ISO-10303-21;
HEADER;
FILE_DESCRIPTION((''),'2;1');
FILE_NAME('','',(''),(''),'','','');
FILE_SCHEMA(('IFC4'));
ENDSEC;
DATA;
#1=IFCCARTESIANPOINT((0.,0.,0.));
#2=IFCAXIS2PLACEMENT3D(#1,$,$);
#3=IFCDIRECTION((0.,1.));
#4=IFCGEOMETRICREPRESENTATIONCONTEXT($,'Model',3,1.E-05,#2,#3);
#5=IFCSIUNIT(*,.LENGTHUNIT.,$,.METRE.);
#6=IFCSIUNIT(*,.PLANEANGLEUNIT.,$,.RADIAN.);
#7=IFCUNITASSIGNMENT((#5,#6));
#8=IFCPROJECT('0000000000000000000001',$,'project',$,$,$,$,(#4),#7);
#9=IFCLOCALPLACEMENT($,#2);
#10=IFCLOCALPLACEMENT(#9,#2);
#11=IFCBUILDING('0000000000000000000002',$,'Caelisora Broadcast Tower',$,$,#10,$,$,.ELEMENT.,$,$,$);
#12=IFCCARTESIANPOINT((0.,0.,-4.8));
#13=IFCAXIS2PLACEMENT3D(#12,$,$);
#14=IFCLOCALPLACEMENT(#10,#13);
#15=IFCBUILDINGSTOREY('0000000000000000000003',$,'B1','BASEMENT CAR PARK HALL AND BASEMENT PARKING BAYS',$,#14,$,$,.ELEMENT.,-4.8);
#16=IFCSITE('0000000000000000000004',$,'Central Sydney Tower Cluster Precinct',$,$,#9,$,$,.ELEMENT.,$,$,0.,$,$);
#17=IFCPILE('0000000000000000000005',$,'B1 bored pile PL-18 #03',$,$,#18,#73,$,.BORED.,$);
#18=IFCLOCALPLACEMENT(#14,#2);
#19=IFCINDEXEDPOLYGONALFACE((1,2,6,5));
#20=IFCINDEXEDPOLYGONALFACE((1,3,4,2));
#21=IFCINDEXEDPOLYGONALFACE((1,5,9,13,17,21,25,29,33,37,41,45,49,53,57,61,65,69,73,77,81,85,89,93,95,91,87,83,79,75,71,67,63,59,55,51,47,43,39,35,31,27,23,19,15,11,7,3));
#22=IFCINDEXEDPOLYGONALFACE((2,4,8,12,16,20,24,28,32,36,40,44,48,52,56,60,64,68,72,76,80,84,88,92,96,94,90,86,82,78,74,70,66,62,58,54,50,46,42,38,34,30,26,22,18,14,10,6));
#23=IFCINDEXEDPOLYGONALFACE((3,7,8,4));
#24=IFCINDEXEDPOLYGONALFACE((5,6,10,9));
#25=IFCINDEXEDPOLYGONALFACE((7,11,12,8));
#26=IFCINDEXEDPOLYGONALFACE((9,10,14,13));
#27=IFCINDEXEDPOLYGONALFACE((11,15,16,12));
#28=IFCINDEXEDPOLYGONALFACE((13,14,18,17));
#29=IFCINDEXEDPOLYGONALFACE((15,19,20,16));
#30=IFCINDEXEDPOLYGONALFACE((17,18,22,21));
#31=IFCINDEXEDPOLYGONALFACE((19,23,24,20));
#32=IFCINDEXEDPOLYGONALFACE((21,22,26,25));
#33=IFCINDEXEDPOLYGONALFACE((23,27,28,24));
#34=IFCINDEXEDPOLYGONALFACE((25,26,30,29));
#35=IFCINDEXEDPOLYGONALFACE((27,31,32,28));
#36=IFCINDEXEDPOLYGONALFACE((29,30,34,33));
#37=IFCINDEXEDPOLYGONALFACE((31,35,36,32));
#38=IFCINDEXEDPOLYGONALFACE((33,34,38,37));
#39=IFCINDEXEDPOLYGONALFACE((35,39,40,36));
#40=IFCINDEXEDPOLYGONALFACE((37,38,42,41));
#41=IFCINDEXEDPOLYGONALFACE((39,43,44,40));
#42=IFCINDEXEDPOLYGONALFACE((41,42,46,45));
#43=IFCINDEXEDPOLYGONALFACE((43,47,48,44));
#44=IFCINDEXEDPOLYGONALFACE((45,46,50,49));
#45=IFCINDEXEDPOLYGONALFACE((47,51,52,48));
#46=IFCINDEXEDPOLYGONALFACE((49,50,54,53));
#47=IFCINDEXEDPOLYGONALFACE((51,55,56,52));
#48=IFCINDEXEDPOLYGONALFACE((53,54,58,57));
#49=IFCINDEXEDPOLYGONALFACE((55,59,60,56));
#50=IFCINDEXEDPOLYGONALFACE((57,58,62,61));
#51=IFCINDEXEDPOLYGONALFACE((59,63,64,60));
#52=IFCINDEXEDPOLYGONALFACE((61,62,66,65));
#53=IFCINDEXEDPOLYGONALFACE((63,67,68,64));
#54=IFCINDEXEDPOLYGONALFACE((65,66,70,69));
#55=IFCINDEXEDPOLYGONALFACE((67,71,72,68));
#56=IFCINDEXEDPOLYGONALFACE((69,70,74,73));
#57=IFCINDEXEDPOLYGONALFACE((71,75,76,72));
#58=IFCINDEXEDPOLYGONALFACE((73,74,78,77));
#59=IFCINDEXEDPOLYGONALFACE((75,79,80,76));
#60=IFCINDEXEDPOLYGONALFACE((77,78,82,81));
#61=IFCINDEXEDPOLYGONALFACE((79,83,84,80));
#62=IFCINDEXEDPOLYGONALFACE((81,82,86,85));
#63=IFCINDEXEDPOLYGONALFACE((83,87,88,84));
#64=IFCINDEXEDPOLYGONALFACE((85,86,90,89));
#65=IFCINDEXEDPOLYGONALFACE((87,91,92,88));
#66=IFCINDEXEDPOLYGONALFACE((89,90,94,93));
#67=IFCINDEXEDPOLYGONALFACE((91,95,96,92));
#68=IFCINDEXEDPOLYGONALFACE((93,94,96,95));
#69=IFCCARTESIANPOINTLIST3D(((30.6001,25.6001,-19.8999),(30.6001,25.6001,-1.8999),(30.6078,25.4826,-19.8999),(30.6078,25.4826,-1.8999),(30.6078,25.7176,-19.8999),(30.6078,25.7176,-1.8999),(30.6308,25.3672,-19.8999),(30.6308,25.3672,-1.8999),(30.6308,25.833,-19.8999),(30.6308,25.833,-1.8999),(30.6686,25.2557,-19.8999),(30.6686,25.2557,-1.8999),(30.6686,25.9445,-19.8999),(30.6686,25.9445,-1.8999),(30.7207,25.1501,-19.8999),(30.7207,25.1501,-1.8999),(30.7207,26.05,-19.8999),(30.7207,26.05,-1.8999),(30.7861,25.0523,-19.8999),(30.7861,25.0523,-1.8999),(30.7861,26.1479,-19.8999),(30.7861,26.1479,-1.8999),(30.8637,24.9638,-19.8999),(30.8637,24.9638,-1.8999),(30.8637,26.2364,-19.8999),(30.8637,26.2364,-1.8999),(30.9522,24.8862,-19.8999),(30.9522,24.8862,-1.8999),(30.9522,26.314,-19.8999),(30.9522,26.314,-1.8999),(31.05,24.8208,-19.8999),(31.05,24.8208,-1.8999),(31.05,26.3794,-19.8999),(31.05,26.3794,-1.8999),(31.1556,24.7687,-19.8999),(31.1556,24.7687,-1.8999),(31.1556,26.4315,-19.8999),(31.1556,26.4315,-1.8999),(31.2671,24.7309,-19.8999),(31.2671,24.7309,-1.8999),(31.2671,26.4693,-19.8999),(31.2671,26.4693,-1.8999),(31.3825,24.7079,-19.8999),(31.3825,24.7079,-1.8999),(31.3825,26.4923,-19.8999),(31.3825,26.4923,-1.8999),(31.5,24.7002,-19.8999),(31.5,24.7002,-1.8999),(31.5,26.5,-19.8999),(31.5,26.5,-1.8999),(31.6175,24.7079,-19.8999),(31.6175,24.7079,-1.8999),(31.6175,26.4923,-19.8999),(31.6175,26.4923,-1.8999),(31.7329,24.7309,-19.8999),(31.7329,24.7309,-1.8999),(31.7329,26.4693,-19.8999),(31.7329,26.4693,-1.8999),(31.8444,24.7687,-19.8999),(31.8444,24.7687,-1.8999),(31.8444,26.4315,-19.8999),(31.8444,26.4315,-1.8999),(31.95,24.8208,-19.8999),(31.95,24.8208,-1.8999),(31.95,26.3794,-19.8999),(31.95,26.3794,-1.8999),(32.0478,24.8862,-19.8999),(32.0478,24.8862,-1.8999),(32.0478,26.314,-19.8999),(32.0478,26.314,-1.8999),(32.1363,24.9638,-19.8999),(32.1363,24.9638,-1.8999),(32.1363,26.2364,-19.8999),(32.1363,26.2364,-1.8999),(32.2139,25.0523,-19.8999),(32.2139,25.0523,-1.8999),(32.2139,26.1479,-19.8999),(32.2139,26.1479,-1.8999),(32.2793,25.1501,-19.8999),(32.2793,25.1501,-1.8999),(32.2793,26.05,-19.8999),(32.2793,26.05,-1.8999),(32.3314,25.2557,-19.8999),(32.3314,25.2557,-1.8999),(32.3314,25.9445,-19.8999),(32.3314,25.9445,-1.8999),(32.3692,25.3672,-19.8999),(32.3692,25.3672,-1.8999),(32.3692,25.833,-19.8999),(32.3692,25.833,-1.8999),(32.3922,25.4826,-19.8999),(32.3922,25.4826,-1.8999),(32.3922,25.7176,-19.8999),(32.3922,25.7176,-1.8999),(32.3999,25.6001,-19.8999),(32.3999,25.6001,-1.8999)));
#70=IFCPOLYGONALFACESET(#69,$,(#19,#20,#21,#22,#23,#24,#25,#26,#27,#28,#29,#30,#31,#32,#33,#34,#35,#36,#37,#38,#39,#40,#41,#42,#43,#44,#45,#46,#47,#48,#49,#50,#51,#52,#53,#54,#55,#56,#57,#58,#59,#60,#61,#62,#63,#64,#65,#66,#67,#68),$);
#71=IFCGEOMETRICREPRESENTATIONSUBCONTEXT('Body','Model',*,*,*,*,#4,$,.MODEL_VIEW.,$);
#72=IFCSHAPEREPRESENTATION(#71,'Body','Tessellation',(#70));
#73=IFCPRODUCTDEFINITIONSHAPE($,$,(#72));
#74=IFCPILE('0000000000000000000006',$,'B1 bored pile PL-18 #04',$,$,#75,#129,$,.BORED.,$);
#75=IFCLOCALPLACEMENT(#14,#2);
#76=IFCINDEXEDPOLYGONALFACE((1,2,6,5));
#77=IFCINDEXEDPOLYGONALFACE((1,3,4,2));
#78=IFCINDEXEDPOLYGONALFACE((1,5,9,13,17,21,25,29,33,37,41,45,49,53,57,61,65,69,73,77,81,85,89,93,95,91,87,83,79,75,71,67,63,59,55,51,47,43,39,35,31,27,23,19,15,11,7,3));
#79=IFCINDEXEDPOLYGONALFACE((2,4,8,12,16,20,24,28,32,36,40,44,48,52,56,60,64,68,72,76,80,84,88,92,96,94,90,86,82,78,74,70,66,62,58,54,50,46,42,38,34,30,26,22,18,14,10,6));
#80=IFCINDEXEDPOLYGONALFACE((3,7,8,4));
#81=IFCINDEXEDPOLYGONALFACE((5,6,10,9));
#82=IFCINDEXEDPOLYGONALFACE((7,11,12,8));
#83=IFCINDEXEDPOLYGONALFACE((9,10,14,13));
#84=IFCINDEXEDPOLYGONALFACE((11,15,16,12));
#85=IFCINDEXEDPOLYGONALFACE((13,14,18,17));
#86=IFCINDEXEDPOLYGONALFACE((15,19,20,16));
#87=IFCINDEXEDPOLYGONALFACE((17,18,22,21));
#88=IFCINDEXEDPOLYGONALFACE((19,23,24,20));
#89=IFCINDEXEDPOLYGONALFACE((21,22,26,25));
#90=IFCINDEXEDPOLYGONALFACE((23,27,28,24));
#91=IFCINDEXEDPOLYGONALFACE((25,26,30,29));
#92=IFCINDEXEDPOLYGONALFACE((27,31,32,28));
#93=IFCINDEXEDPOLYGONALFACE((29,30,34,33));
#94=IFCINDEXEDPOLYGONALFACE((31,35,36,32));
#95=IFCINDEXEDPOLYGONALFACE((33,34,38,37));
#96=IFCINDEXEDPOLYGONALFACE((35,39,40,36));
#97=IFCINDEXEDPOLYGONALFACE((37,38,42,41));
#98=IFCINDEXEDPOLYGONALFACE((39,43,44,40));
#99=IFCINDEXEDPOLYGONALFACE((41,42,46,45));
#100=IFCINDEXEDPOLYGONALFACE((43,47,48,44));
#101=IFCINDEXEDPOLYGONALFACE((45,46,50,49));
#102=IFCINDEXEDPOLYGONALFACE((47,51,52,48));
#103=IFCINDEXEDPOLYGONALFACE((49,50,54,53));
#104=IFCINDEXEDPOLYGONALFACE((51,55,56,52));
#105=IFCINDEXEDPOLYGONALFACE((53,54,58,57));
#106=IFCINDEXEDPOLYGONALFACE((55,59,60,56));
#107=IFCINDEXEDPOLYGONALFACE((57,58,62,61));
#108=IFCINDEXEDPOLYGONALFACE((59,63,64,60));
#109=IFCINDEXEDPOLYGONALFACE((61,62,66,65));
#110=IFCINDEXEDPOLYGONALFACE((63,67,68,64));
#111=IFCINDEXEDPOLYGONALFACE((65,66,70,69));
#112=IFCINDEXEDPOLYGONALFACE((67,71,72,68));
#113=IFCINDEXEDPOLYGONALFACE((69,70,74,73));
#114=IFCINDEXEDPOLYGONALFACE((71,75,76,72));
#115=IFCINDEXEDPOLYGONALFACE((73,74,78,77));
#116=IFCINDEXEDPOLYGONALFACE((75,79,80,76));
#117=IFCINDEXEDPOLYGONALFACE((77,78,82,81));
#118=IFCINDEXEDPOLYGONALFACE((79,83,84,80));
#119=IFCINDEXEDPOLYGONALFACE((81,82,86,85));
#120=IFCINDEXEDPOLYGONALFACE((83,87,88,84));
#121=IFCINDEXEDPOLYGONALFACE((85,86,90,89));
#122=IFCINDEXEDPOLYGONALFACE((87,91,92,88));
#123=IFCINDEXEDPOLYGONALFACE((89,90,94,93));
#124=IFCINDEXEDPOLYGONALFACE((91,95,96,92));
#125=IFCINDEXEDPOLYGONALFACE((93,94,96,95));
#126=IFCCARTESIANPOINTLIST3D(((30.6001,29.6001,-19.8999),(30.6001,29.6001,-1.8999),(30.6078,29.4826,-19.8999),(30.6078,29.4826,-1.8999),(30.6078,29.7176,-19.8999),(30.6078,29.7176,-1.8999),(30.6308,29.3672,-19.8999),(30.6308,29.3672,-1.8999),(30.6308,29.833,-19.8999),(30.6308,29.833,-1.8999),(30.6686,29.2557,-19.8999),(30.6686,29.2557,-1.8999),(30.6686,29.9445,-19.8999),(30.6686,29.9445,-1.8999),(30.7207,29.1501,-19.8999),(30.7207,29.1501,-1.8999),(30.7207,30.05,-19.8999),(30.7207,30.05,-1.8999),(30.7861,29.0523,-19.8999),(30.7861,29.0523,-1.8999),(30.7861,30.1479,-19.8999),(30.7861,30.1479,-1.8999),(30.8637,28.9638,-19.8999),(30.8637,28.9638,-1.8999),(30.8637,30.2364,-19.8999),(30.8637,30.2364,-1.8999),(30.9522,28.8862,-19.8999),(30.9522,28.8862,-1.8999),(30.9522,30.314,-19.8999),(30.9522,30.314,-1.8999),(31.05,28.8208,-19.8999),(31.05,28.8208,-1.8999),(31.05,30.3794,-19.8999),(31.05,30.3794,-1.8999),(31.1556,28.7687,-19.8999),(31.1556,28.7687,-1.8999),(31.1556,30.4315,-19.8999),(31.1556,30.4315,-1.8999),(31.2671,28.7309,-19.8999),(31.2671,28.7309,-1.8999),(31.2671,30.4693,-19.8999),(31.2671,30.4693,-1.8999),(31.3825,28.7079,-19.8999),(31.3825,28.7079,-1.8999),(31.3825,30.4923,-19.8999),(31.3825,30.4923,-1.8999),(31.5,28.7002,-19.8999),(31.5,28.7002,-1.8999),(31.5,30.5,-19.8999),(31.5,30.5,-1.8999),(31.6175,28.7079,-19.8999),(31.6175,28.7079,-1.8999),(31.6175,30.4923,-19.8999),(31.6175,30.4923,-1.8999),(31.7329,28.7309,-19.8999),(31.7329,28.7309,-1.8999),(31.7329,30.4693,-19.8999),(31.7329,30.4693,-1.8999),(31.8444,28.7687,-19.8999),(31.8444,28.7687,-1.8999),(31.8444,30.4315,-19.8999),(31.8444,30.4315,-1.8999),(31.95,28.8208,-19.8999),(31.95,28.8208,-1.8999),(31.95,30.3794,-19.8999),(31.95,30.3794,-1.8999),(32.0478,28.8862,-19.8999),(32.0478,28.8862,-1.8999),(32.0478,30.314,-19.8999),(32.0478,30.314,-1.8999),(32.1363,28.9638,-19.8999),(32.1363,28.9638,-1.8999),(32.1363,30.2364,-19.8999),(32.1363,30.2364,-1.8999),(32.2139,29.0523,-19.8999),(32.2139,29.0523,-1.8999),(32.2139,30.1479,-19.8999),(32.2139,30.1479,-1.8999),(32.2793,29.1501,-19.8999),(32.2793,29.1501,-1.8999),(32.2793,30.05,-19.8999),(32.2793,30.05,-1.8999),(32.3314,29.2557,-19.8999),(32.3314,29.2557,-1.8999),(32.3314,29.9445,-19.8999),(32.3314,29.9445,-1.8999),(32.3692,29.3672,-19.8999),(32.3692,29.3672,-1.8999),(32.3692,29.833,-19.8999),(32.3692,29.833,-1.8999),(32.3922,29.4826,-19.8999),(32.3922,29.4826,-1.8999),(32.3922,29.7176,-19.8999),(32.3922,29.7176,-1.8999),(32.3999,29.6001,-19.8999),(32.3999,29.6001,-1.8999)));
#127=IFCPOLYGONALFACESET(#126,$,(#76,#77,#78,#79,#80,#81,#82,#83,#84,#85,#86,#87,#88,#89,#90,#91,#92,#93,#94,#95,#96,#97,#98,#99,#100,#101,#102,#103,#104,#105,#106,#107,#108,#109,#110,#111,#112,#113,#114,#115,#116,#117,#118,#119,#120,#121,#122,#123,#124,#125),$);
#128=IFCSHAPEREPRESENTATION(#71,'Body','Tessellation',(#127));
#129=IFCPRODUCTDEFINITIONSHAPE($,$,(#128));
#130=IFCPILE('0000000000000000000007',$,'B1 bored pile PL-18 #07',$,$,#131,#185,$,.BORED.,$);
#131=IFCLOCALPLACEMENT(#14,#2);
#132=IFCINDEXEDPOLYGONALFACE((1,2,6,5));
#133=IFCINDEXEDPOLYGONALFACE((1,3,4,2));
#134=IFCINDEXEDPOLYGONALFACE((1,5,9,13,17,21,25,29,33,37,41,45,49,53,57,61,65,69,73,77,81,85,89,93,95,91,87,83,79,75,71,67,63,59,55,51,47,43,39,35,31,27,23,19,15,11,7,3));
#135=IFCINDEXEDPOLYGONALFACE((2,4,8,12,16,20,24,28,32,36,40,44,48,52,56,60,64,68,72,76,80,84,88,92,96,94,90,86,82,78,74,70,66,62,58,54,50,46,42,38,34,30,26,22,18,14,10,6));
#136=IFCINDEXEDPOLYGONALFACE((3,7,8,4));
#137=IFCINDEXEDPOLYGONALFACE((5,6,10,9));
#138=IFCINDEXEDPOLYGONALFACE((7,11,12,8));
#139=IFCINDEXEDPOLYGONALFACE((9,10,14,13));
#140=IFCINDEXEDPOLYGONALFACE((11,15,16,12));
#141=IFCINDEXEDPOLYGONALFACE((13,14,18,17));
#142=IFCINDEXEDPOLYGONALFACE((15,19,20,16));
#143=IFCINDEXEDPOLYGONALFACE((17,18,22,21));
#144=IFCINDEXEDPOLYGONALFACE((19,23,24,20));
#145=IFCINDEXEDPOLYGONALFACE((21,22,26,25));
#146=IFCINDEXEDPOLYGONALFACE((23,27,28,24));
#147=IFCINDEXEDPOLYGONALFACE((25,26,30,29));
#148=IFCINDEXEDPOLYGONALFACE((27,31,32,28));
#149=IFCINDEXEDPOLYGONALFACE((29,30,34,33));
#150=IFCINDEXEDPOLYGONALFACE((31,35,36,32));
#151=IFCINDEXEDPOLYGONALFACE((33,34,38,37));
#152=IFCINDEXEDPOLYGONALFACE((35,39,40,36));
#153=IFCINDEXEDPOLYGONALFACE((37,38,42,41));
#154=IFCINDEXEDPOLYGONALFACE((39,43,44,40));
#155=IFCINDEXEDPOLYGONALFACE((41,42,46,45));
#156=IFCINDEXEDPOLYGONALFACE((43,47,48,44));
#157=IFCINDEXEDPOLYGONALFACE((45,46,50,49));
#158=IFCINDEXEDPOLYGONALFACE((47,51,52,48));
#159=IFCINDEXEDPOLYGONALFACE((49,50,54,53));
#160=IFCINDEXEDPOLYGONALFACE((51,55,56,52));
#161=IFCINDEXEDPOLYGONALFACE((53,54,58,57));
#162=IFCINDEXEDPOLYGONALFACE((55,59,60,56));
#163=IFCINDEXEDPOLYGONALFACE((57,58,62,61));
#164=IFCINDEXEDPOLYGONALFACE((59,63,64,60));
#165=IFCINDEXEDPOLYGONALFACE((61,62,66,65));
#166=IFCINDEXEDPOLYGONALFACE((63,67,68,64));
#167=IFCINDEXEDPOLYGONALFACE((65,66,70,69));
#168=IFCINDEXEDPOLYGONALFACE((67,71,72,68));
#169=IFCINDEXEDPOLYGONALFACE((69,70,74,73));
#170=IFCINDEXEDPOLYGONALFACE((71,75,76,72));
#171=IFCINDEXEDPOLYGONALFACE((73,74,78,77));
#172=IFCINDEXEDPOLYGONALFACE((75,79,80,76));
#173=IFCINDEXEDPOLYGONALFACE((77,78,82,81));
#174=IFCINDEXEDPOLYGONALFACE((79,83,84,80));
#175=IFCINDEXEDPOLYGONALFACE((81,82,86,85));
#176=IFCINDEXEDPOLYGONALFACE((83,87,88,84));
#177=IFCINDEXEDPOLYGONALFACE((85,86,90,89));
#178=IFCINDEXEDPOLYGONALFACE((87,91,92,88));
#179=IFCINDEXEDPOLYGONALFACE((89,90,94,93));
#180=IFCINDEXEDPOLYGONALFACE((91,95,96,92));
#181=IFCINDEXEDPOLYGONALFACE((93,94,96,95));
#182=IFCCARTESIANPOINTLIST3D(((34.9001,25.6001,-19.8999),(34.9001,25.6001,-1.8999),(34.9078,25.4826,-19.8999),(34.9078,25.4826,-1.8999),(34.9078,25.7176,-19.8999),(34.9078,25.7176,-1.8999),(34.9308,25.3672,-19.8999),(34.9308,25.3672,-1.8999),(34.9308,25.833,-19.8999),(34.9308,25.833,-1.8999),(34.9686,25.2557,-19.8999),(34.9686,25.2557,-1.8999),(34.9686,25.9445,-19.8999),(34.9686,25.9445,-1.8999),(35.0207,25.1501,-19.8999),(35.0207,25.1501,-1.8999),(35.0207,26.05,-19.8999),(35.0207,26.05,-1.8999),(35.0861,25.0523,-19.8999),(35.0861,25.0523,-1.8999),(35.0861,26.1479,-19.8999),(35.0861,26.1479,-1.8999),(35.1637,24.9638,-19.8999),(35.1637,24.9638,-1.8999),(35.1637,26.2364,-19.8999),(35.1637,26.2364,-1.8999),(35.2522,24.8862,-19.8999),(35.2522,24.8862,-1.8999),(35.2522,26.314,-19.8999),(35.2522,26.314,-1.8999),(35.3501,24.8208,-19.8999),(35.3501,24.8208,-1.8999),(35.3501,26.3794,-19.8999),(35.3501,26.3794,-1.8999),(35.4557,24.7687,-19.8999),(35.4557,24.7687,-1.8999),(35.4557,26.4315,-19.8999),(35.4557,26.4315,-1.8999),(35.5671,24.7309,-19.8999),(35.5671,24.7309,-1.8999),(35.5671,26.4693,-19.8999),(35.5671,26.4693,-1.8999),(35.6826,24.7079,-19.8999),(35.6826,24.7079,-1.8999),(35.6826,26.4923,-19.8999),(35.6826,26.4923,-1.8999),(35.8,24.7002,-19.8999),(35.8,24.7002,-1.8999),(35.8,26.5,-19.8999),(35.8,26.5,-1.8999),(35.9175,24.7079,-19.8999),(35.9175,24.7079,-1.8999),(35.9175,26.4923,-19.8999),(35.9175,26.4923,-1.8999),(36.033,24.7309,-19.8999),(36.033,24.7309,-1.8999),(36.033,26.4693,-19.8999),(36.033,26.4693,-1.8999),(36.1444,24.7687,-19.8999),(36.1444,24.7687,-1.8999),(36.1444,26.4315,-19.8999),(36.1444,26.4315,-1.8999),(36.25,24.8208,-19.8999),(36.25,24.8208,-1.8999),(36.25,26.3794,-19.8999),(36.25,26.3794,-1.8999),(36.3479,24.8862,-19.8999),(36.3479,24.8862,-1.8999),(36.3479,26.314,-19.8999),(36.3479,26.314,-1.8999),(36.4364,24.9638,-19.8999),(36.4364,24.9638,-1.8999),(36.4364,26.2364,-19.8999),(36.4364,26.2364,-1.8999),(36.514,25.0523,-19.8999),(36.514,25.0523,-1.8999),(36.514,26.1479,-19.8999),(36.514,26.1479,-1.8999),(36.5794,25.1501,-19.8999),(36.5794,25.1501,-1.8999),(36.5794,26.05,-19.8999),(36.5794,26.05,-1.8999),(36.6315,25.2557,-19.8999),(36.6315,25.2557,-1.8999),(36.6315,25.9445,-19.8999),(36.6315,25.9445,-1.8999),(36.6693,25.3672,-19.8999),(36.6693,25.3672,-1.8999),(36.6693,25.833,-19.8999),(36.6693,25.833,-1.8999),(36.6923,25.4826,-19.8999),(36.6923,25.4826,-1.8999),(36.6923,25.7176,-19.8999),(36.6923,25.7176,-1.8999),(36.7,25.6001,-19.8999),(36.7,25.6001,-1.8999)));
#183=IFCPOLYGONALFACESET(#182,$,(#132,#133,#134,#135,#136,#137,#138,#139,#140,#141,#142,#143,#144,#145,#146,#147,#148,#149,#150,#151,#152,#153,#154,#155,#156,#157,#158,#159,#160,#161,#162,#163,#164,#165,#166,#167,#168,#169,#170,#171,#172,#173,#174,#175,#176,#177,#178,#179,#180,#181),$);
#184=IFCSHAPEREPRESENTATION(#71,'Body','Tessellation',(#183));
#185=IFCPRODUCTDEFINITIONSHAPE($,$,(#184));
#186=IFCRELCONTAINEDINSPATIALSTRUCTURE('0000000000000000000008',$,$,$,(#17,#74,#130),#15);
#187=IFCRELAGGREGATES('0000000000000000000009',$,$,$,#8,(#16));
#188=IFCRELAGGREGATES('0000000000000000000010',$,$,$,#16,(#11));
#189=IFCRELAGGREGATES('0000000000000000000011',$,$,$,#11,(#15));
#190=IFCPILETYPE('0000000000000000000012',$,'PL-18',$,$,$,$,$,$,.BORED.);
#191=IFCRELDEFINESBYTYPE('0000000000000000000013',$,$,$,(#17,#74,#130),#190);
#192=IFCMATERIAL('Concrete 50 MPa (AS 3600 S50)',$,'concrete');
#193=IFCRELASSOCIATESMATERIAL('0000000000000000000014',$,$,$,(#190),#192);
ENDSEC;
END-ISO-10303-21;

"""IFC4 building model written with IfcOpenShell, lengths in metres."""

from ifc_helpers import new_model, si_unit, direction, frame, origin, origin_2d, place, context, subcontext, project, spatial, circle, extrude, material, material_profile, profile_set, type_object, element, save


model = new_model("IFC4")

# Units and contexts
model_context = context("Model", 3, precision=1e-05, world=origin(), true_north=direction((0.0, 1.0)))
body_context = subcontext(model_context, "Body", "Model", "MODEL_VIEW")
ifc_project = project(units=[si_unit("LENGTHUNIT", "METRE"), si_unit("PLANEANGLEUNIT", "RADIAN")], contexts=[model_context])

# Site, building, storey
site_placement = place(None, origin())
site = spatial("IfcSite", under=ifc_project, at=site_placement, Name="Central Sydney Tower Cluster Precinct", CompositionType="ELEMENT", RefElevation=0.0)
building_placement = place(site_placement, origin())
building = spatial("IfcBuilding", under=site, at=building_placement, Name="Caelisora Broadcast Tower", CompositionType="ELEMENT")
storey_placement = place(building_placement, frame((0.0, 0.0, -4.8)))
storey = spatial("IfcBuildingStorey", under=building, at=storey_placement, Name="B1", Description="BASEMENT CAR PARK HALL AND BASEMENT PARKING BAYS", CompositionType="ELEMENT", Elevation=-4.8)

# Piles
ifc_material_1 = material(Name="Concrete 50 MPa (AS 3600 S50)", Category="concrete")
ifc_material_profile_1 = material_profile(ifc_material_1, circle(Radius=0.8999, at=origin_2d()), Name="Concrete 50 MPa (AS 3600 S50)")
ifc_profile_set_1 = profile_set([ifc_material_profile_1], Name="Concrete 50 MPa (AS 3600 S50)")
pile_type = type_object("IfcPileType", Name="PL-18", PredefinedType="BORED", material=ifc_profile_set_1)
for number, where, z_axis, x_axis, name in (
    (1, (31.5, 25.6001, -1.8999), (0.0, 0.0, -1.0), (1.0, 0.0, 0.0), "B1 bored pile PL-18 #03"),
    (2, (31.5, 29.6001, -1.8999), (0.0, 0.0, -1.0), (1.0, 0.0, 0.0), "B1 bored pile PL-18 #04"),
    (3, (35.8, 25.6001, -1.8999), (0.0, 0.0, -1.0), (1.0, 0.0, 0.0), "B1 bored pile PL-18 #07"),
):
    element("IfcPile", number, at=place(storey_placement, frame(where, z_axis=z_axis, x_axis=x_axis)), inside=storey, type_object=pile_type, Name=name, PredefinedType="BORED", context=body_context, shape_type="SweptSolid", body=[
        extrude(circle(Radius=0.8999, at=origin_2d()), origin(), (0.0, 0.0, 1.0), 18.0),
    ])

save(model, "model.ifc")
